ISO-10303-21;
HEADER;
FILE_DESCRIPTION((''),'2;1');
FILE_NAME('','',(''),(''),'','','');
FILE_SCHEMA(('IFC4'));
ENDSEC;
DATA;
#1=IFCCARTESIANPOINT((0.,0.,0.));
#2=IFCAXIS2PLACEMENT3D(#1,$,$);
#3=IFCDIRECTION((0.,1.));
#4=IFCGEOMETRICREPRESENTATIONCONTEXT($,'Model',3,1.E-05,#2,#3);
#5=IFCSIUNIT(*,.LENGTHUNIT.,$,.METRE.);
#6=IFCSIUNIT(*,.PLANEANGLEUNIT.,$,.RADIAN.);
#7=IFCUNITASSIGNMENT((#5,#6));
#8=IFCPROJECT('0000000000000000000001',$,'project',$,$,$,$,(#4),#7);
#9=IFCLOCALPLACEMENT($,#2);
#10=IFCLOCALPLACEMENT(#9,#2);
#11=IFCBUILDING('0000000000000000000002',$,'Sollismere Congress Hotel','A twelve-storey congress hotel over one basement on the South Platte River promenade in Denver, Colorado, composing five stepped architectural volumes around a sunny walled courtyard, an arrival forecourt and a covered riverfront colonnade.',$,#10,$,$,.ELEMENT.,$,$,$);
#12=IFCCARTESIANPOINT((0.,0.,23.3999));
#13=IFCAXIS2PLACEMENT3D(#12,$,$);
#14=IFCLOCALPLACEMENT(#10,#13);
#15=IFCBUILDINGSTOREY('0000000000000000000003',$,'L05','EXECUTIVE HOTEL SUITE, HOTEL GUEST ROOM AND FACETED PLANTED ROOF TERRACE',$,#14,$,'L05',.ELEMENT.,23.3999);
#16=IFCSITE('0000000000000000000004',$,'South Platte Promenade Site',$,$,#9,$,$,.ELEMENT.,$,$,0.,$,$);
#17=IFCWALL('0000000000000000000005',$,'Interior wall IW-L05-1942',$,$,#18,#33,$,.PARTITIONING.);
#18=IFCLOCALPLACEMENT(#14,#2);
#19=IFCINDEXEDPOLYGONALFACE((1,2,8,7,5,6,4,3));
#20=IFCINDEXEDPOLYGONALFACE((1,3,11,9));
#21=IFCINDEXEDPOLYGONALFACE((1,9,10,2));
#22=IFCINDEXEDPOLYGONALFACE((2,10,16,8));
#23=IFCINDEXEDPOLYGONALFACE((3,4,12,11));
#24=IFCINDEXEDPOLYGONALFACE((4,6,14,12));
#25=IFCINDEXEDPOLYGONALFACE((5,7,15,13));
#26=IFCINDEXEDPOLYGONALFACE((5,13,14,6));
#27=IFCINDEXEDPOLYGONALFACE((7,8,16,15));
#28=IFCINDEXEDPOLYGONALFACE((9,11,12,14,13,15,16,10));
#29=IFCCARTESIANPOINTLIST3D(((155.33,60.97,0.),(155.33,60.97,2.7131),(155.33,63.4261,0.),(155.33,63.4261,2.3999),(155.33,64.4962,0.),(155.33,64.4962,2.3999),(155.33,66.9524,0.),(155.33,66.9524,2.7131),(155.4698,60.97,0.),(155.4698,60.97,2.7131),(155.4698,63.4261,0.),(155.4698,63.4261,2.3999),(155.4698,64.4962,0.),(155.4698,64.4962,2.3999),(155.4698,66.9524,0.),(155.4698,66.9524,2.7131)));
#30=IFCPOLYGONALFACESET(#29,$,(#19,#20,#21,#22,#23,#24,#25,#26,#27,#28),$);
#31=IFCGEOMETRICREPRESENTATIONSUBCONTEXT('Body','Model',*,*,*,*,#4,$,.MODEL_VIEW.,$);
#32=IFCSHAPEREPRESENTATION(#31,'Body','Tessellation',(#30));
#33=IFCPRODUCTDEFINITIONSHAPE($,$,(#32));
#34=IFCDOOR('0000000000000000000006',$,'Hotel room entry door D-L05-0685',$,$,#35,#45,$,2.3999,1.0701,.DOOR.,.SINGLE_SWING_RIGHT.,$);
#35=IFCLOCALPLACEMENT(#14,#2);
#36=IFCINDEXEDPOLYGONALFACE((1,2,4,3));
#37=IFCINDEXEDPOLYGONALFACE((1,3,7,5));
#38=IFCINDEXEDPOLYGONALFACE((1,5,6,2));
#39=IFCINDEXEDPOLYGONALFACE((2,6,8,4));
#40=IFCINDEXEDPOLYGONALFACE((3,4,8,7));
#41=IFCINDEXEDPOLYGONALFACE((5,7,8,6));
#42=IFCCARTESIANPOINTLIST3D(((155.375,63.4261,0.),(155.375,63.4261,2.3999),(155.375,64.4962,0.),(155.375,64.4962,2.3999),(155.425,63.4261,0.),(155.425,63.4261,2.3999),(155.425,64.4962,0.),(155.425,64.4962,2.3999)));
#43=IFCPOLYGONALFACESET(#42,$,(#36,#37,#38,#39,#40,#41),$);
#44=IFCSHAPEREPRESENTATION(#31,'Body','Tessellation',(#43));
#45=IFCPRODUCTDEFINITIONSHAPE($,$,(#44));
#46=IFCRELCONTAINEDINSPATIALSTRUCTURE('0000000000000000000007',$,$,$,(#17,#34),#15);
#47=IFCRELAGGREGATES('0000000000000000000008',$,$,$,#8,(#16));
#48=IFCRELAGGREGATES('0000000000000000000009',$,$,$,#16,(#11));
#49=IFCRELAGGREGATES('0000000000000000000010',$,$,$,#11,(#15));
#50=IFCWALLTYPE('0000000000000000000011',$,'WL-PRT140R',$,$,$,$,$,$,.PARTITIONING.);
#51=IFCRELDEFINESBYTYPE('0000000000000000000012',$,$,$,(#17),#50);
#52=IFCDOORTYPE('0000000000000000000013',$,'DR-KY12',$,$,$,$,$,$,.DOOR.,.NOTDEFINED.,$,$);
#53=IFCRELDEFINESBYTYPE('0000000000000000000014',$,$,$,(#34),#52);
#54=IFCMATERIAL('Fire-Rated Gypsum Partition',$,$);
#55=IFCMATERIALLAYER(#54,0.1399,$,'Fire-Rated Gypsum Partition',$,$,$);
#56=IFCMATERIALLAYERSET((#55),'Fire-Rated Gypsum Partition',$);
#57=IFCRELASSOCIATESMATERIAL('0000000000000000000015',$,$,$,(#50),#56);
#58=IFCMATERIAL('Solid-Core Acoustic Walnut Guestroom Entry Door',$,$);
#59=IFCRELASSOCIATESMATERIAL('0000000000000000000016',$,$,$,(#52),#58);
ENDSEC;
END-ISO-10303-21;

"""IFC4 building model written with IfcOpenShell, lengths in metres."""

from ifc_helpers import new_model, si_unit, direction, frame, frame_2d, origin, place, context, subcontext, project, spatial, rectangle, extrude, material, layer, layer_set, type_object, element, fill, save


model = new_model("IFC4")

# Units and contexts
model_context = context("Model", 3, precision=1e-05, world=origin(), true_north=direction((0.0, 1.0)))
body_context = subcontext(model_context, "Body", "Model", "MODEL_VIEW")
ifc_project = project(units=[si_unit("LENGTHUNIT", "METRE"), si_unit("PLANEANGLEUNIT", "RADIAN")], contexts=[model_context])

# Site, building, storey
site_placement = place(None, origin())
site = spatial("IfcSite", under=ifc_project, at=site_placement, Name="South Platte Promenade Site", CompositionType="ELEMENT", RefElevation=0.0)
building_placement = place(site_placement, origin())
building = spatial("IfcBuilding", under=site, at=building_placement, Name="Sollismere Congress Hotel", Description="A twelve-storey congress hotel over one basement on the South Platte River promenade in Denver, Colorado, composing five stepped architectural volumes around a sunny walled courtyard, an arrival forecourt and a covered riverfront colonnade.", CompositionType="ELEMENT")
storey_placement = place(building_placement, frame((0.0, 0.0, 23.3999)))
storey = spatial("IfcBuildingStorey", under=building, at=storey_placement, Name="L05", Description="EXECUTIVE HOTEL SUITE, HOTEL GUEST ROOM AND FACETED PLANTED ROOF TERRACE", LongName="L05", CompositionType="ELEMENT", Elevation=23.3999)

# Shared definitions
ifc_material_1 = material(Name="Fire-Rated Gypsum Partition")
ifc_layer_1 = layer(ifc_material_1, 0.1399, Name="Fire-Rated Gypsum Partition")
ifc_layer_set_1 = layer_set([ifc_layer_1], Name="Fire-Rated Gypsum Partition")
wall_type_1 = type_object("IfcWallType", Name="WL-PRT140R", PredefinedType="PARTITIONING", material=ifc_layer_set_1)

# Shared definitions
ifc_material_2 = material(Name="Solid-Core Acoustic Walnut Guestroom Entry Door")

# Wall, opening, door
wall_1_placement = place(storey_placement, frame((155.3999, 60.97, 0.0), z_axis=(0.0, 0.0, 1.0), x_axis=(0.0, 1.0, 0.0)))
wall_1 = element("IfcWall", 1, at=wall_1_placement, inside=storey, type_object=wall_type_1, Name="Interior wall IW-L05-1942", PredefinedType="PARTITIONING", context=body_context, shape_type="SweptSolid", body=[
    extrude(rectangle(XDim=5.9824, YDim=0.1399, at=frame_2d((2.9912, 0.0))), origin(), (0.0, 0.0, 1.0), 2.7131),
])
opening_1_placement = place(wall_1_placement, frame((2.4561, 0.0, 0.0)))
opening_1 = element("IfcOpeningElement", 2, at=opening_1_placement, cuts=wall_1, PredefinedType="OPENING", context=body_context, shape_type="SweptSolid", body=[
    extrude(rectangle(XDim=1.0701, YDim=2.3999, at=frame_2d((0.5352, 1.2))), frame((0.0, 0.0798, 0.0), z_axis=(0.0, -1.0, 0.0), x_axis=(1.0, 0.0, 0.0)), (0.0, 0.0, 1.0), 0.1599),
])
door_type_1 = type_object("IfcDoorType", Name="DR-KY12", OperationType="NOTDEFINED", PredefinedType="DOOR", material=ifc_material_2)
door_1_placement = place(opening_1_placement, origin())
door_1 = element("IfcDoor", 3, at=door_1_placement, inside=storey, type_object=door_type_1, Name="Hotel room entry door D-L05-0685", OperationType="SINGLE_SWING_RIGHT", OverallHeight=2.3999, OverallWidth=1.0701, PredefinedType="DOOR", context=body_context, shape_type="SweptSolid", body=[
    extrude(rectangle(XDim=1.0701, YDim=2.3999, at=frame_2d((0.5352, 1.2))), frame((0.0, 0.0249, 0.0), z_axis=(0.0, -1.0, 0.0), x_axis=(1.0, 0.0, 0.0)), (0.0, 0.0, 1.0), 0.05),
])
fill(opening_1, door_1)

save(model, "model.ifc")
